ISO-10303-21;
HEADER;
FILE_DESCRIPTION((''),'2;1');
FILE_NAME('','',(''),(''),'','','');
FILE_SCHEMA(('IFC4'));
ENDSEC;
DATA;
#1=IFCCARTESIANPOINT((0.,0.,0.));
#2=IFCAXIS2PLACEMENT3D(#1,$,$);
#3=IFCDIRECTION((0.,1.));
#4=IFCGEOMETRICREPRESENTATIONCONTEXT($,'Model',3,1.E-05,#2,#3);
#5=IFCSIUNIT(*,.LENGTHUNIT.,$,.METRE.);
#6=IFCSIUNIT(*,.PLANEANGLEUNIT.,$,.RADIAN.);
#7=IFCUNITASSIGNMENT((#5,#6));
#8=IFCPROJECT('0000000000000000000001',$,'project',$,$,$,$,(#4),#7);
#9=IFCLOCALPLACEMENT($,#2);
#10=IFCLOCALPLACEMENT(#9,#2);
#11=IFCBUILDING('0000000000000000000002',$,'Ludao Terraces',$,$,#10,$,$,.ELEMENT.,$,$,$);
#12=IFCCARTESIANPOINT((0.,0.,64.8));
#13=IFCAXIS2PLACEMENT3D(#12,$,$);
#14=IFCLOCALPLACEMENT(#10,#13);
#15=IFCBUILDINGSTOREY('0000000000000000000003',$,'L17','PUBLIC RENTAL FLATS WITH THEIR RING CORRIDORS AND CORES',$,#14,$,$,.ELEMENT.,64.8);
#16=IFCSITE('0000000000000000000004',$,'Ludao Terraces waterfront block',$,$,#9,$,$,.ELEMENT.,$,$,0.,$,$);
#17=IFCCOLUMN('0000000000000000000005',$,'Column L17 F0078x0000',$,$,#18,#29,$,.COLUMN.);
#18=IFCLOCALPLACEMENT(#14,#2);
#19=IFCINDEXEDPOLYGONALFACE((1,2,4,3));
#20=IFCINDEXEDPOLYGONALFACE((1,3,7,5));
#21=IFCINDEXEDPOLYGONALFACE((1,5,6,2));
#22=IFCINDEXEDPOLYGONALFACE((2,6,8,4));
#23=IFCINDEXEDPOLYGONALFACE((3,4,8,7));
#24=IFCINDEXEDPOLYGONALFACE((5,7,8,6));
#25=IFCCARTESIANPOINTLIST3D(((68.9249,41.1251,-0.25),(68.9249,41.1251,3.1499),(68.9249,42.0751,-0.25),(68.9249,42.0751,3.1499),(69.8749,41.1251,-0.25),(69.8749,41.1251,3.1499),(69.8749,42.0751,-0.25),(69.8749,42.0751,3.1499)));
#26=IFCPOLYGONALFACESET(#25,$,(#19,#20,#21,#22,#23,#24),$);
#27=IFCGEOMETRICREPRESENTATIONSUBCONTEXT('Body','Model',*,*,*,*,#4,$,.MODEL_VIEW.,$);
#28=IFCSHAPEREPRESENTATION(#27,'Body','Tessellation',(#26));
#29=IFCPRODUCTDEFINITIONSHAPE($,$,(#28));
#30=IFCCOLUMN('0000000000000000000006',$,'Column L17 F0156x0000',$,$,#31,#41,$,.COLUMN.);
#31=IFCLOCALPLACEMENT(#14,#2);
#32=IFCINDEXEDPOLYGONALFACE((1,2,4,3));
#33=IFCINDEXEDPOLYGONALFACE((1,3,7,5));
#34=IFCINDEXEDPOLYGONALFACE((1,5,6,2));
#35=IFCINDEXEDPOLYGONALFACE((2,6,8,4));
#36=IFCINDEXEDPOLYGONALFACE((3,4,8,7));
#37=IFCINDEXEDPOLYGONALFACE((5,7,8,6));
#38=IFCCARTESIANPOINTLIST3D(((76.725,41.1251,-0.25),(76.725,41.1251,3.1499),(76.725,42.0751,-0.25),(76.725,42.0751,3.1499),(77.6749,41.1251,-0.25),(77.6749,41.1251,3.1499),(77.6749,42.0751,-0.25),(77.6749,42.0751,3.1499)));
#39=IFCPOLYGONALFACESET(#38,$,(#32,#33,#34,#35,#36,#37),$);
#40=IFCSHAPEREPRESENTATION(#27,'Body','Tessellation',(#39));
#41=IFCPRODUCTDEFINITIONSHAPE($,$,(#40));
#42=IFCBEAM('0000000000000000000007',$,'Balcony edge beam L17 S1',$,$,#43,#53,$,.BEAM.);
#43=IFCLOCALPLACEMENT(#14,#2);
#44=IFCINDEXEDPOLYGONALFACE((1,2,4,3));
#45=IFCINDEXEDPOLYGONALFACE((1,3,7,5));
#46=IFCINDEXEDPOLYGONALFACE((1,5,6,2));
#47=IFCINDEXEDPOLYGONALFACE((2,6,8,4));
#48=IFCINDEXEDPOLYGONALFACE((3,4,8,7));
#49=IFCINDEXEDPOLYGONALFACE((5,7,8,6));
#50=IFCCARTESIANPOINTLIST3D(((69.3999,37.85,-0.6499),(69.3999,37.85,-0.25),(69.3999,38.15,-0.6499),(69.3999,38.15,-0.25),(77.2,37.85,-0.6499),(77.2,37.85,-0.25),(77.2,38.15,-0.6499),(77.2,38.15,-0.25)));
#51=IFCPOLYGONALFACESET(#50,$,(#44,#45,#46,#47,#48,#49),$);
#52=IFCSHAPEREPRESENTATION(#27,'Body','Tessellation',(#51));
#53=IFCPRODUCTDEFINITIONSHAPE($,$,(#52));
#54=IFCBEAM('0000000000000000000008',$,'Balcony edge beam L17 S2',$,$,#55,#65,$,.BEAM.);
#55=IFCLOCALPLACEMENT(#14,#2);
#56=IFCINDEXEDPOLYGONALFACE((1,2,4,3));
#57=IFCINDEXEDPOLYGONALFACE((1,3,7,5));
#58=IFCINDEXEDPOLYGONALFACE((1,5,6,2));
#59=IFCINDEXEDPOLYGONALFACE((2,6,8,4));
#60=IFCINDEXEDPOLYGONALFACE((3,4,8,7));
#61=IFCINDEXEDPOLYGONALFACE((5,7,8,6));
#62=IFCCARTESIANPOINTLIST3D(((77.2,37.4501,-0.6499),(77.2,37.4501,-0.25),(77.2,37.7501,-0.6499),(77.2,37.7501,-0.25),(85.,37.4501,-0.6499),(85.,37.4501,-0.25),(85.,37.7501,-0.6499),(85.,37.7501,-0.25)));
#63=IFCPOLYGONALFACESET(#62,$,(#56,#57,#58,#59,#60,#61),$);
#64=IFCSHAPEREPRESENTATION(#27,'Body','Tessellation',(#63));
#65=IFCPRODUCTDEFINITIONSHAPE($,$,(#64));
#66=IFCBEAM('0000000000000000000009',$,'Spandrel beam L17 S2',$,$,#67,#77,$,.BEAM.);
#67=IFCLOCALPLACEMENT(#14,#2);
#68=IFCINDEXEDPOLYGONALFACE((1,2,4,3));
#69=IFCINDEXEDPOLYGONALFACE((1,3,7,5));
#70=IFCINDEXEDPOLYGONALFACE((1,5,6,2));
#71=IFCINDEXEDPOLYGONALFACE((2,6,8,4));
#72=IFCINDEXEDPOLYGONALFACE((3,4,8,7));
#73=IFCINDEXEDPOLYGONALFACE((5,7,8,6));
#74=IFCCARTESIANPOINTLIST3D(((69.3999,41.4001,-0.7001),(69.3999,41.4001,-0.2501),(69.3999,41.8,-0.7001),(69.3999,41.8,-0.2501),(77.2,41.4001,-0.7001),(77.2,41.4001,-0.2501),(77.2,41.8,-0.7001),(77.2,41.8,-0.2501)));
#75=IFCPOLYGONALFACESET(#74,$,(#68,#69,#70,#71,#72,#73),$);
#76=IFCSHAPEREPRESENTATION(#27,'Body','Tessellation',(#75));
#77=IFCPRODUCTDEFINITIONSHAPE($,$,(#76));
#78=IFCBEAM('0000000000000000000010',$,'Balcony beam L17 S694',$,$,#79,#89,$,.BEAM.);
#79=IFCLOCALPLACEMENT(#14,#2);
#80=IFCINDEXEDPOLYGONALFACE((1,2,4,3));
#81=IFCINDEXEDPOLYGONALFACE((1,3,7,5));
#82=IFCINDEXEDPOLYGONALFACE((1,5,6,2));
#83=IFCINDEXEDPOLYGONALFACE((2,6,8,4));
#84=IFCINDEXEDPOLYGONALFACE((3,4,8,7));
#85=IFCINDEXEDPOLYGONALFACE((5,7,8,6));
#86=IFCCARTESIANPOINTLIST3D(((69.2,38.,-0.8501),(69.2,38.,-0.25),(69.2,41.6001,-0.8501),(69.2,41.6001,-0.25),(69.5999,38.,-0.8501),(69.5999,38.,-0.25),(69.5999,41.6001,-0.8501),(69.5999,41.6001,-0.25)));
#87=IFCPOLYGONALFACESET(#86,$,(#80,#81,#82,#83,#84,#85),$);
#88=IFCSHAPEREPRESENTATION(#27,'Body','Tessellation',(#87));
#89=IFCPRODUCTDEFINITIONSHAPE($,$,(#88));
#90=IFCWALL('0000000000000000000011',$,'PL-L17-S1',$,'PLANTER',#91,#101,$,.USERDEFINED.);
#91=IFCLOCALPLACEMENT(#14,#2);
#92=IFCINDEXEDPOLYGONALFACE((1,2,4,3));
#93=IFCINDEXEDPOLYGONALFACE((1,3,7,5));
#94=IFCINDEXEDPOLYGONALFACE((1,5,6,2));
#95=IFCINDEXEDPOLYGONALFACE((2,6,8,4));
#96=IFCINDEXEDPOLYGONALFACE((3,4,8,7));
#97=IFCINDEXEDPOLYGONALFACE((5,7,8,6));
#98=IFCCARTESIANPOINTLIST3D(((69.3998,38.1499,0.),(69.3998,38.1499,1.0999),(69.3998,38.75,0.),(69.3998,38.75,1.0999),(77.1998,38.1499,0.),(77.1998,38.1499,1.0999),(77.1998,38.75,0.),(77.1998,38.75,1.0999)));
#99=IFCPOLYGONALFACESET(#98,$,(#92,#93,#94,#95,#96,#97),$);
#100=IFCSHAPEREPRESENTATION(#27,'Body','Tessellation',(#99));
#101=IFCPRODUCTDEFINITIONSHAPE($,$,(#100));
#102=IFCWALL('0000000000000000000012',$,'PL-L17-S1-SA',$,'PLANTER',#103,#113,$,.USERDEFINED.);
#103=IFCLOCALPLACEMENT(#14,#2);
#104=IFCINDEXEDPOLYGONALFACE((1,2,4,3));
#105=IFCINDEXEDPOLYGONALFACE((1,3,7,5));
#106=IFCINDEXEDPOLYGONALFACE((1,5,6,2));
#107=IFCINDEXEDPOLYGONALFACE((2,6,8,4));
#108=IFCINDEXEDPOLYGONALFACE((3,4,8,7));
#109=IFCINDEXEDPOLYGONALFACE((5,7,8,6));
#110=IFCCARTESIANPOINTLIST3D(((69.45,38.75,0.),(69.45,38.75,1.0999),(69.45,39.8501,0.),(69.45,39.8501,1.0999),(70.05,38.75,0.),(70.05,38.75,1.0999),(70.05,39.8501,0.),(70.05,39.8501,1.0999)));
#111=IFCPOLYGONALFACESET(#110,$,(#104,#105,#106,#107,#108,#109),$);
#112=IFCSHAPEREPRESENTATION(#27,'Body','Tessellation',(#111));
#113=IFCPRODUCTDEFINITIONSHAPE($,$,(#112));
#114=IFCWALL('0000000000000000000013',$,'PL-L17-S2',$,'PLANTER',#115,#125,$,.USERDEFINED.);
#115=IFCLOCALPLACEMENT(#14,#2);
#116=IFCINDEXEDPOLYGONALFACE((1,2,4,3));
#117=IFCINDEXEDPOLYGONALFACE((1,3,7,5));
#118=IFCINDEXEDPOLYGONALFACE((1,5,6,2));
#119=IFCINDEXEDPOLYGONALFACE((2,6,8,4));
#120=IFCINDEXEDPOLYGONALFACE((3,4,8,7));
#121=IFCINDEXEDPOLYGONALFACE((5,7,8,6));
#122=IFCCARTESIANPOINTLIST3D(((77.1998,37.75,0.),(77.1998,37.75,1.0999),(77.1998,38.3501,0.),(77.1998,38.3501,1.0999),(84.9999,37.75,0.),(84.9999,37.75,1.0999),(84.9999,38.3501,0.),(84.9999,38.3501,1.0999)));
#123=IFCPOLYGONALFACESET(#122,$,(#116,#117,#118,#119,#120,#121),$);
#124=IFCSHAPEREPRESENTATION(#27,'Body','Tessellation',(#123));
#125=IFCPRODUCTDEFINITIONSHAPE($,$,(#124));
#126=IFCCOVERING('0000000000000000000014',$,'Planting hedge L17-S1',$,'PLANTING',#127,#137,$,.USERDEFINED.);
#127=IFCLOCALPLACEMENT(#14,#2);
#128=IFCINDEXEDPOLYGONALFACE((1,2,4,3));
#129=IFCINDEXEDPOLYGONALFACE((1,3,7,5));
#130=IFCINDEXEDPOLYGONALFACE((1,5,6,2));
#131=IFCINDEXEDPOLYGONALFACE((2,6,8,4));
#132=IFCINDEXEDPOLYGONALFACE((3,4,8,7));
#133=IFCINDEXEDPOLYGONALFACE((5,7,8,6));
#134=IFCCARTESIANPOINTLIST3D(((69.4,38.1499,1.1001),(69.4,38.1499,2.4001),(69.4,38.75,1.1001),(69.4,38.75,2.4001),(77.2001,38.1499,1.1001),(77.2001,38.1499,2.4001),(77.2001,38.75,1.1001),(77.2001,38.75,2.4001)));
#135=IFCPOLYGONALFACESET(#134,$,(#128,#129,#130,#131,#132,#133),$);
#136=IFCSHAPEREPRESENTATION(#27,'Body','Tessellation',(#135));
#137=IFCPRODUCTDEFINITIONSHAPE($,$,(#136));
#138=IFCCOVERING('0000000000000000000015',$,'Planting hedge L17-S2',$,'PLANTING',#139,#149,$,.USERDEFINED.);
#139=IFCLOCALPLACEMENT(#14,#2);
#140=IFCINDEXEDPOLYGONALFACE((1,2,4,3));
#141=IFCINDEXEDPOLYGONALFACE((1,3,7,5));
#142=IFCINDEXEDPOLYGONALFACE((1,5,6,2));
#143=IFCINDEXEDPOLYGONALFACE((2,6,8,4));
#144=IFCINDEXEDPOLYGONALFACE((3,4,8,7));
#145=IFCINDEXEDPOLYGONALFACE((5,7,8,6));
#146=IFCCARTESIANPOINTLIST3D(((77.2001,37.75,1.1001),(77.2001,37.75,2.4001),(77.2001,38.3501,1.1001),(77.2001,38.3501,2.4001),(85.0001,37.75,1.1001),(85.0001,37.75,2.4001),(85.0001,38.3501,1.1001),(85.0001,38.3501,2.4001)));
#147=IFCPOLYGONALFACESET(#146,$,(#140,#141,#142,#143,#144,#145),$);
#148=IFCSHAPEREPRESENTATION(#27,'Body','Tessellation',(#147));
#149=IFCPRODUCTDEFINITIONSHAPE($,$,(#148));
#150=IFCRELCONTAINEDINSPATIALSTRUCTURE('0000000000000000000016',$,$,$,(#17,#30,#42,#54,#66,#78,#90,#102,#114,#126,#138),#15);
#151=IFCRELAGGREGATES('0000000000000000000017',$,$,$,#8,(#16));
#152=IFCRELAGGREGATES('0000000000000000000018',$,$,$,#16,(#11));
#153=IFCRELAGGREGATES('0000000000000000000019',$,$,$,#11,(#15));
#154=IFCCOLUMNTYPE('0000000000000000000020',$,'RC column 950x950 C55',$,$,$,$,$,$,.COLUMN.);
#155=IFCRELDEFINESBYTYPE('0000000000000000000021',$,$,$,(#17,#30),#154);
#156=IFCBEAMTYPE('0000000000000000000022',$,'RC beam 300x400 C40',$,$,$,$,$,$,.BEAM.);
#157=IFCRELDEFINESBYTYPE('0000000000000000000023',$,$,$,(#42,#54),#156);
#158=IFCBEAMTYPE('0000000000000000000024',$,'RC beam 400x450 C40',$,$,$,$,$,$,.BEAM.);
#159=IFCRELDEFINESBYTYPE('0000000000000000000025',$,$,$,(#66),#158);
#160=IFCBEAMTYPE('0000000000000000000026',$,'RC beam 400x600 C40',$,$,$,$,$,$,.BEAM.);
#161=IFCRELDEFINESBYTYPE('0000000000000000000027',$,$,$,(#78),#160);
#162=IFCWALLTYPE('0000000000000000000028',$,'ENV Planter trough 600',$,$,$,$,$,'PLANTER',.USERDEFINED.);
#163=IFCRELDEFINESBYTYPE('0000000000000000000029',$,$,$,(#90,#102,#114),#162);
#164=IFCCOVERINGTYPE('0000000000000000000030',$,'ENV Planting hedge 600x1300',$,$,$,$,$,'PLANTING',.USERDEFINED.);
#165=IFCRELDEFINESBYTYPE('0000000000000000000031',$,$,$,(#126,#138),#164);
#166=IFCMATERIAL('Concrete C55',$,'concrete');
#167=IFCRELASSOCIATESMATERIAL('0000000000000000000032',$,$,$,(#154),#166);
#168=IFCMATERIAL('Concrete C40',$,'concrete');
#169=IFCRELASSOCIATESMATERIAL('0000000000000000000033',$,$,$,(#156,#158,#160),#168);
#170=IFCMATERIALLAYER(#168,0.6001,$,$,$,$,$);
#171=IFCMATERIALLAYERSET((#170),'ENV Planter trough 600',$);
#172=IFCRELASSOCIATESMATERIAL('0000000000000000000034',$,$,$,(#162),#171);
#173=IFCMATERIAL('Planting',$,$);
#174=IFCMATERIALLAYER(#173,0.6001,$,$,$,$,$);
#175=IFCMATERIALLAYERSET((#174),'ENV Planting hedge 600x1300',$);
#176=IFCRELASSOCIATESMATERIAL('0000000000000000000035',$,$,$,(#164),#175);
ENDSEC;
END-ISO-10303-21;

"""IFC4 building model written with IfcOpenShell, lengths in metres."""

from ifc_helpers import new_model, si_unit, direction, frame, frame_2d, origin, origin_2d, place, context, subcontext, project, spatial, rectangle, extrude, material, layer, layer_set, material_profile, profile_set, type_object, element, save


model = new_model("IFC4")

# Units and contexts
model_context = context("Model", 3, precision=1e-05, world=origin(), true_north=direction((0.0, 1.0)))
body_context = subcontext(model_context, "Body", "Model", "MODEL_VIEW")
ifc_project = project(units=[si_unit("LENGTHUNIT", "METRE"), si_unit("PLANEANGLEUNIT", "RADIAN")], contexts=[model_context])

# Site, building, storey
site_placement = place(None, origin())
site = spatial("IfcSite", under=ifc_project, at=site_placement, Name="Ludao Terraces waterfront block", CompositionType="ELEMENT", RefElevation=0.0)
building_placement = place(site_placement, origin())
building = spatial("IfcBuilding", under=site, at=building_placement, Name="Ludao Terraces", CompositionType="ELEMENT")
storey_placement = place(building_placement, frame((0.0, 0.0, 64.8)))
storey = spatial("IfcBuildingStorey", under=building, at=storey_placement, Name="L17", Description="PUBLIC RENTAL FLATS WITH THEIR RING CORRIDORS AND CORES", CompositionType="ELEMENT", Elevation=64.8)

# Columns
ifc_material_1 = material(Name="Concrete C55", Category="concrete")
ifc_material_profile_1 = material_profile(ifc_material_1, rectangle(XDim=0.95, YDim=0.95, at=origin_2d()), Name="950 X 950")
ifc_profile_set_1 = profile_set([ifc_material_profile_1], Name="Concrete C55")
column_type = type_object("IfcColumnType", Name="RC column 950x950 C55", PredefinedType="COLUMN", material=ifc_profile_set_1)
for number, where, z_axis, x_axis, name in (
    (1, (69.3999, 41.6001, -0.25), (0.0, 0.0, 1.0), (1.0, 0.0, 0.0), "Column L17 F0078x0000"),
    (2, (77.2, 41.6001, -0.25), (0.0, 0.0, 1.0), (1.0, 0.0, 0.0), "Column L17 F0156x0000"),
):
    element("IfcColumn", number, at=place(storey_placement, frame(where, z_axis=z_axis, x_axis=x_axis)), inside=storey, type_object=column_type, Name=name, PredefinedType="COLUMN", context=body_context, shape_type="SweptSolid", body=[
        extrude(rectangle(XDim=0.95, YDim=0.95, at=origin_2d()), origin(), (0.0, 0.0, 1.0), 3.3999),
    ])

# Beams
ifc_material_2 = material(Name="Concrete C40", Category="concrete")
ifc_material_profile_2 = material_profile(ifc_material_2, rectangle(XDim=0.3, YDim=0.3999, at=origin_2d()), Name="300 X 400")
ifc_profile_set_2 = profile_set([ifc_material_profile_2], Name="Concrete C40")
beam_type_1 = type_object("IfcBeamType", Name="RC beam 300x400 C40", PredefinedType="BEAM", material=ifc_profile_set_2)
for number, where, z_axis, x_axis, name in (
    (3, (69.3999, 38.0, -0.45), (1.0, 0.0, 0.0), (0.0, 1.0, 0.0), "Balcony edge beam L17 S1"),
    (4, (77.2, 37.6001, -0.45), (1.0, 0.0, 0.0), (0.0, 1.0, 0.0), "Balcony edge beam L17 S2"),
):
    element("IfcBeam", number, at=place(storey_placement, frame(where, z_axis=z_axis, x_axis=x_axis)), inside=storey, type_object=beam_type_1, Name=name, PredefinedType="BEAM", context=body_context, shape_type="SweptSolid", body=[
        extrude(rectangle(XDim=0.3, YDim=0.3999, at=origin_2d()), origin(), (0.0, 0.0, 1.0), 7.8),
    ])
ifc_material_profile_3 = material_profile(ifc_material_2, rectangle(XDim=0.3999, YDim=0.45, at=origin_2d()), Name="400 X 450")
ifc_profile_set_3 = profile_set([ifc_material_profile_3], Name="Concrete C40")
beam_type_2 = type_object("IfcBeamType", Name="RC beam 400x450 C40", PredefinedType="BEAM", material=ifc_profile_set_3)
beam_1_placement = place(storey_placement, frame((69.3999, 41.6001, -0.4751), z_axis=(1.0, 0.0, 0.0), x_axis=(0.0, 1.0, 0.0)))
element("IfcBeam", 5, at=beam_1_placement, inside=storey, type_object=beam_type_2, Name="Spandrel beam L17 S2", PredefinedType="BEAM", context=body_context, shape_type="SweptSolid", body=[
    extrude(rectangle(XDim=0.3999, YDim=0.45, at=origin_2d()), origin(), (0.0, 0.0, 1.0), 7.8),
])
ifc_material_profile_4 = material_profile(ifc_material_2, rectangle(XDim=0.3999, YDim=0.6001, at=origin_2d()), Name="400 X 600")
ifc_profile_set_4 = profile_set([ifc_material_profile_4], Name="Concrete C40")
beam_type_3 = type_object("IfcBeamType", Name="RC beam 400x600 C40", PredefinedType="BEAM", material=ifc_profile_set_4)
beam_2_placement = place(storey_placement, frame((69.3999, 41.6001, -0.55), z_axis=(0.0, -1.0, 0.0), x_axis=(1.0, 0.0, 0.0)))
element("IfcBeam", 6, at=beam_2_placement, inside=storey, type_object=beam_type_3, Name="Balcony beam L17 S694", PredefinedType="BEAM", context=body_context, shape_type="SweptSolid", body=[
    extrude(rectangle(XDim=0.3999, YDim=0.6001, at=origin_2d()), origin(), (0.0, 0.0, 1.0), 3.6001),
])

# Walls
ifc_layer_1 = layer(ifc_material_2, 0.6001)
ifc_layer_set_1 = layer_set([ifc_layer_1], Name="ENV Planter trough 600")
wall_type = type_object("IfcWallType", Name="ENV Planter trough 600", ElementType="PLANTER", PredefinedType="USERDEFINED", material=ifc_layer_set_1)
wall_1_placement = place(storey_placement, frame((69.3999, 38.45, 0.0), z_axis=(0.0, 0.0, 1.0), x_axis=(1.0, 0.0, 0.0)))
element("IfcWall", 7, at=wall_1_placement, inside=storey, type_object=wall_type, Name="PL-L17-S1", ObjectType="PLANTER", PredefinedType="USERDEFINED", context=body_context, shape_type="SweptSolid", body=[
    extrude(rectangle(XDim=7.8, YDim=0.6001, at=frame_2d((3.8999, 0.0))), origin(), (0.0, 0.0, 1.0), 1.0999),
])
wall_2_placement = place(storey_placement, frame((69.75, 38.75, 0.0), z_axis=(0.0, 0.0, 1.0), x_axis=(0.0, 1.0, 0.0)))
element("IfcWall", 8, at=wall_2_placement, inside=storey, type_object=wall_type, Name="PL-L17-S1-SA", ObjectType="PLANTER", PredefinedType="USERDEFINED", context=body_context, shape_type="SweptSolid", body=[
    extrude(rectangle(XDim=1.1001, YDim=0.6001, at=frame_2d((0.55, 0.0))), origin(), (0.0, 0.0, 1.0), 1.0999),
])
wall_3_placement = place(storey_placement, frame((77.2, 38.05, 0.0), z_axis=(0.0, 0.0, 1.0), x_axis=(1.0, 0.0, 0.0)))
element("IfcWall", 9, at=wall_3_placement, inside=storey, type_object=wall_type, Name="PL-L17-S2", ObjectType="PLANTER", PredefinedType="USERDEFINED", context=body_context, shape_type="SweptSolid", body=[
    extrude(rectangle(XDim=7.8, YDim=0.6001, at=frame_2d((3.8999, 0.0))), origin(), (0.0, 0.0, 1.0), 1.0999),
])

# Coverings
ifc_material_3 = material(Name="Planting")
ifc_layer_2 = layer(ifc_material_3, 0.6001)
ifc_layer_set_2 = layer_set([ifc_layer_2], Name="ENV Planting hedge 600x1300")
covering_type = type_object("IfcCoveringType", Name="ENV Planting hedge 600x1300", ElementType="PLANTING", PredefinedType="USERDEFINED", material=ifc_layer_set_2)
for number, where, z_axis, x_axis, name in (
    (10, (73.3, 38.45, 1.1001), (0.0, 0.0, 1.0), (1.0, 0.0, 0.0), "Planting hedge L17-S1"),
    (11, (81.1001, 38.05, 1.1001), (0.0, 0.0, 1.0), (1.0, 0.0, 0.0), "Planting hedge L17-S2"),
):
    element("IfcCovering", number, at=place(storey_placement, frame(where, z_axis=z_axis, x_axis=x_axis)), inside=storey, type_object=covering_type, Name=name, ObjectType="PLANTING", PredefinedType="USERDEFINED", context=body_context, shape_type="SweptSolid", body=[
        extrude(rectangle(XDim=7.8, YDim=0.6001, at=origin_2d()), origin(), (0.0, 0.0, 1.0), 1.3),
    ])

save(model, "model.ifc")
